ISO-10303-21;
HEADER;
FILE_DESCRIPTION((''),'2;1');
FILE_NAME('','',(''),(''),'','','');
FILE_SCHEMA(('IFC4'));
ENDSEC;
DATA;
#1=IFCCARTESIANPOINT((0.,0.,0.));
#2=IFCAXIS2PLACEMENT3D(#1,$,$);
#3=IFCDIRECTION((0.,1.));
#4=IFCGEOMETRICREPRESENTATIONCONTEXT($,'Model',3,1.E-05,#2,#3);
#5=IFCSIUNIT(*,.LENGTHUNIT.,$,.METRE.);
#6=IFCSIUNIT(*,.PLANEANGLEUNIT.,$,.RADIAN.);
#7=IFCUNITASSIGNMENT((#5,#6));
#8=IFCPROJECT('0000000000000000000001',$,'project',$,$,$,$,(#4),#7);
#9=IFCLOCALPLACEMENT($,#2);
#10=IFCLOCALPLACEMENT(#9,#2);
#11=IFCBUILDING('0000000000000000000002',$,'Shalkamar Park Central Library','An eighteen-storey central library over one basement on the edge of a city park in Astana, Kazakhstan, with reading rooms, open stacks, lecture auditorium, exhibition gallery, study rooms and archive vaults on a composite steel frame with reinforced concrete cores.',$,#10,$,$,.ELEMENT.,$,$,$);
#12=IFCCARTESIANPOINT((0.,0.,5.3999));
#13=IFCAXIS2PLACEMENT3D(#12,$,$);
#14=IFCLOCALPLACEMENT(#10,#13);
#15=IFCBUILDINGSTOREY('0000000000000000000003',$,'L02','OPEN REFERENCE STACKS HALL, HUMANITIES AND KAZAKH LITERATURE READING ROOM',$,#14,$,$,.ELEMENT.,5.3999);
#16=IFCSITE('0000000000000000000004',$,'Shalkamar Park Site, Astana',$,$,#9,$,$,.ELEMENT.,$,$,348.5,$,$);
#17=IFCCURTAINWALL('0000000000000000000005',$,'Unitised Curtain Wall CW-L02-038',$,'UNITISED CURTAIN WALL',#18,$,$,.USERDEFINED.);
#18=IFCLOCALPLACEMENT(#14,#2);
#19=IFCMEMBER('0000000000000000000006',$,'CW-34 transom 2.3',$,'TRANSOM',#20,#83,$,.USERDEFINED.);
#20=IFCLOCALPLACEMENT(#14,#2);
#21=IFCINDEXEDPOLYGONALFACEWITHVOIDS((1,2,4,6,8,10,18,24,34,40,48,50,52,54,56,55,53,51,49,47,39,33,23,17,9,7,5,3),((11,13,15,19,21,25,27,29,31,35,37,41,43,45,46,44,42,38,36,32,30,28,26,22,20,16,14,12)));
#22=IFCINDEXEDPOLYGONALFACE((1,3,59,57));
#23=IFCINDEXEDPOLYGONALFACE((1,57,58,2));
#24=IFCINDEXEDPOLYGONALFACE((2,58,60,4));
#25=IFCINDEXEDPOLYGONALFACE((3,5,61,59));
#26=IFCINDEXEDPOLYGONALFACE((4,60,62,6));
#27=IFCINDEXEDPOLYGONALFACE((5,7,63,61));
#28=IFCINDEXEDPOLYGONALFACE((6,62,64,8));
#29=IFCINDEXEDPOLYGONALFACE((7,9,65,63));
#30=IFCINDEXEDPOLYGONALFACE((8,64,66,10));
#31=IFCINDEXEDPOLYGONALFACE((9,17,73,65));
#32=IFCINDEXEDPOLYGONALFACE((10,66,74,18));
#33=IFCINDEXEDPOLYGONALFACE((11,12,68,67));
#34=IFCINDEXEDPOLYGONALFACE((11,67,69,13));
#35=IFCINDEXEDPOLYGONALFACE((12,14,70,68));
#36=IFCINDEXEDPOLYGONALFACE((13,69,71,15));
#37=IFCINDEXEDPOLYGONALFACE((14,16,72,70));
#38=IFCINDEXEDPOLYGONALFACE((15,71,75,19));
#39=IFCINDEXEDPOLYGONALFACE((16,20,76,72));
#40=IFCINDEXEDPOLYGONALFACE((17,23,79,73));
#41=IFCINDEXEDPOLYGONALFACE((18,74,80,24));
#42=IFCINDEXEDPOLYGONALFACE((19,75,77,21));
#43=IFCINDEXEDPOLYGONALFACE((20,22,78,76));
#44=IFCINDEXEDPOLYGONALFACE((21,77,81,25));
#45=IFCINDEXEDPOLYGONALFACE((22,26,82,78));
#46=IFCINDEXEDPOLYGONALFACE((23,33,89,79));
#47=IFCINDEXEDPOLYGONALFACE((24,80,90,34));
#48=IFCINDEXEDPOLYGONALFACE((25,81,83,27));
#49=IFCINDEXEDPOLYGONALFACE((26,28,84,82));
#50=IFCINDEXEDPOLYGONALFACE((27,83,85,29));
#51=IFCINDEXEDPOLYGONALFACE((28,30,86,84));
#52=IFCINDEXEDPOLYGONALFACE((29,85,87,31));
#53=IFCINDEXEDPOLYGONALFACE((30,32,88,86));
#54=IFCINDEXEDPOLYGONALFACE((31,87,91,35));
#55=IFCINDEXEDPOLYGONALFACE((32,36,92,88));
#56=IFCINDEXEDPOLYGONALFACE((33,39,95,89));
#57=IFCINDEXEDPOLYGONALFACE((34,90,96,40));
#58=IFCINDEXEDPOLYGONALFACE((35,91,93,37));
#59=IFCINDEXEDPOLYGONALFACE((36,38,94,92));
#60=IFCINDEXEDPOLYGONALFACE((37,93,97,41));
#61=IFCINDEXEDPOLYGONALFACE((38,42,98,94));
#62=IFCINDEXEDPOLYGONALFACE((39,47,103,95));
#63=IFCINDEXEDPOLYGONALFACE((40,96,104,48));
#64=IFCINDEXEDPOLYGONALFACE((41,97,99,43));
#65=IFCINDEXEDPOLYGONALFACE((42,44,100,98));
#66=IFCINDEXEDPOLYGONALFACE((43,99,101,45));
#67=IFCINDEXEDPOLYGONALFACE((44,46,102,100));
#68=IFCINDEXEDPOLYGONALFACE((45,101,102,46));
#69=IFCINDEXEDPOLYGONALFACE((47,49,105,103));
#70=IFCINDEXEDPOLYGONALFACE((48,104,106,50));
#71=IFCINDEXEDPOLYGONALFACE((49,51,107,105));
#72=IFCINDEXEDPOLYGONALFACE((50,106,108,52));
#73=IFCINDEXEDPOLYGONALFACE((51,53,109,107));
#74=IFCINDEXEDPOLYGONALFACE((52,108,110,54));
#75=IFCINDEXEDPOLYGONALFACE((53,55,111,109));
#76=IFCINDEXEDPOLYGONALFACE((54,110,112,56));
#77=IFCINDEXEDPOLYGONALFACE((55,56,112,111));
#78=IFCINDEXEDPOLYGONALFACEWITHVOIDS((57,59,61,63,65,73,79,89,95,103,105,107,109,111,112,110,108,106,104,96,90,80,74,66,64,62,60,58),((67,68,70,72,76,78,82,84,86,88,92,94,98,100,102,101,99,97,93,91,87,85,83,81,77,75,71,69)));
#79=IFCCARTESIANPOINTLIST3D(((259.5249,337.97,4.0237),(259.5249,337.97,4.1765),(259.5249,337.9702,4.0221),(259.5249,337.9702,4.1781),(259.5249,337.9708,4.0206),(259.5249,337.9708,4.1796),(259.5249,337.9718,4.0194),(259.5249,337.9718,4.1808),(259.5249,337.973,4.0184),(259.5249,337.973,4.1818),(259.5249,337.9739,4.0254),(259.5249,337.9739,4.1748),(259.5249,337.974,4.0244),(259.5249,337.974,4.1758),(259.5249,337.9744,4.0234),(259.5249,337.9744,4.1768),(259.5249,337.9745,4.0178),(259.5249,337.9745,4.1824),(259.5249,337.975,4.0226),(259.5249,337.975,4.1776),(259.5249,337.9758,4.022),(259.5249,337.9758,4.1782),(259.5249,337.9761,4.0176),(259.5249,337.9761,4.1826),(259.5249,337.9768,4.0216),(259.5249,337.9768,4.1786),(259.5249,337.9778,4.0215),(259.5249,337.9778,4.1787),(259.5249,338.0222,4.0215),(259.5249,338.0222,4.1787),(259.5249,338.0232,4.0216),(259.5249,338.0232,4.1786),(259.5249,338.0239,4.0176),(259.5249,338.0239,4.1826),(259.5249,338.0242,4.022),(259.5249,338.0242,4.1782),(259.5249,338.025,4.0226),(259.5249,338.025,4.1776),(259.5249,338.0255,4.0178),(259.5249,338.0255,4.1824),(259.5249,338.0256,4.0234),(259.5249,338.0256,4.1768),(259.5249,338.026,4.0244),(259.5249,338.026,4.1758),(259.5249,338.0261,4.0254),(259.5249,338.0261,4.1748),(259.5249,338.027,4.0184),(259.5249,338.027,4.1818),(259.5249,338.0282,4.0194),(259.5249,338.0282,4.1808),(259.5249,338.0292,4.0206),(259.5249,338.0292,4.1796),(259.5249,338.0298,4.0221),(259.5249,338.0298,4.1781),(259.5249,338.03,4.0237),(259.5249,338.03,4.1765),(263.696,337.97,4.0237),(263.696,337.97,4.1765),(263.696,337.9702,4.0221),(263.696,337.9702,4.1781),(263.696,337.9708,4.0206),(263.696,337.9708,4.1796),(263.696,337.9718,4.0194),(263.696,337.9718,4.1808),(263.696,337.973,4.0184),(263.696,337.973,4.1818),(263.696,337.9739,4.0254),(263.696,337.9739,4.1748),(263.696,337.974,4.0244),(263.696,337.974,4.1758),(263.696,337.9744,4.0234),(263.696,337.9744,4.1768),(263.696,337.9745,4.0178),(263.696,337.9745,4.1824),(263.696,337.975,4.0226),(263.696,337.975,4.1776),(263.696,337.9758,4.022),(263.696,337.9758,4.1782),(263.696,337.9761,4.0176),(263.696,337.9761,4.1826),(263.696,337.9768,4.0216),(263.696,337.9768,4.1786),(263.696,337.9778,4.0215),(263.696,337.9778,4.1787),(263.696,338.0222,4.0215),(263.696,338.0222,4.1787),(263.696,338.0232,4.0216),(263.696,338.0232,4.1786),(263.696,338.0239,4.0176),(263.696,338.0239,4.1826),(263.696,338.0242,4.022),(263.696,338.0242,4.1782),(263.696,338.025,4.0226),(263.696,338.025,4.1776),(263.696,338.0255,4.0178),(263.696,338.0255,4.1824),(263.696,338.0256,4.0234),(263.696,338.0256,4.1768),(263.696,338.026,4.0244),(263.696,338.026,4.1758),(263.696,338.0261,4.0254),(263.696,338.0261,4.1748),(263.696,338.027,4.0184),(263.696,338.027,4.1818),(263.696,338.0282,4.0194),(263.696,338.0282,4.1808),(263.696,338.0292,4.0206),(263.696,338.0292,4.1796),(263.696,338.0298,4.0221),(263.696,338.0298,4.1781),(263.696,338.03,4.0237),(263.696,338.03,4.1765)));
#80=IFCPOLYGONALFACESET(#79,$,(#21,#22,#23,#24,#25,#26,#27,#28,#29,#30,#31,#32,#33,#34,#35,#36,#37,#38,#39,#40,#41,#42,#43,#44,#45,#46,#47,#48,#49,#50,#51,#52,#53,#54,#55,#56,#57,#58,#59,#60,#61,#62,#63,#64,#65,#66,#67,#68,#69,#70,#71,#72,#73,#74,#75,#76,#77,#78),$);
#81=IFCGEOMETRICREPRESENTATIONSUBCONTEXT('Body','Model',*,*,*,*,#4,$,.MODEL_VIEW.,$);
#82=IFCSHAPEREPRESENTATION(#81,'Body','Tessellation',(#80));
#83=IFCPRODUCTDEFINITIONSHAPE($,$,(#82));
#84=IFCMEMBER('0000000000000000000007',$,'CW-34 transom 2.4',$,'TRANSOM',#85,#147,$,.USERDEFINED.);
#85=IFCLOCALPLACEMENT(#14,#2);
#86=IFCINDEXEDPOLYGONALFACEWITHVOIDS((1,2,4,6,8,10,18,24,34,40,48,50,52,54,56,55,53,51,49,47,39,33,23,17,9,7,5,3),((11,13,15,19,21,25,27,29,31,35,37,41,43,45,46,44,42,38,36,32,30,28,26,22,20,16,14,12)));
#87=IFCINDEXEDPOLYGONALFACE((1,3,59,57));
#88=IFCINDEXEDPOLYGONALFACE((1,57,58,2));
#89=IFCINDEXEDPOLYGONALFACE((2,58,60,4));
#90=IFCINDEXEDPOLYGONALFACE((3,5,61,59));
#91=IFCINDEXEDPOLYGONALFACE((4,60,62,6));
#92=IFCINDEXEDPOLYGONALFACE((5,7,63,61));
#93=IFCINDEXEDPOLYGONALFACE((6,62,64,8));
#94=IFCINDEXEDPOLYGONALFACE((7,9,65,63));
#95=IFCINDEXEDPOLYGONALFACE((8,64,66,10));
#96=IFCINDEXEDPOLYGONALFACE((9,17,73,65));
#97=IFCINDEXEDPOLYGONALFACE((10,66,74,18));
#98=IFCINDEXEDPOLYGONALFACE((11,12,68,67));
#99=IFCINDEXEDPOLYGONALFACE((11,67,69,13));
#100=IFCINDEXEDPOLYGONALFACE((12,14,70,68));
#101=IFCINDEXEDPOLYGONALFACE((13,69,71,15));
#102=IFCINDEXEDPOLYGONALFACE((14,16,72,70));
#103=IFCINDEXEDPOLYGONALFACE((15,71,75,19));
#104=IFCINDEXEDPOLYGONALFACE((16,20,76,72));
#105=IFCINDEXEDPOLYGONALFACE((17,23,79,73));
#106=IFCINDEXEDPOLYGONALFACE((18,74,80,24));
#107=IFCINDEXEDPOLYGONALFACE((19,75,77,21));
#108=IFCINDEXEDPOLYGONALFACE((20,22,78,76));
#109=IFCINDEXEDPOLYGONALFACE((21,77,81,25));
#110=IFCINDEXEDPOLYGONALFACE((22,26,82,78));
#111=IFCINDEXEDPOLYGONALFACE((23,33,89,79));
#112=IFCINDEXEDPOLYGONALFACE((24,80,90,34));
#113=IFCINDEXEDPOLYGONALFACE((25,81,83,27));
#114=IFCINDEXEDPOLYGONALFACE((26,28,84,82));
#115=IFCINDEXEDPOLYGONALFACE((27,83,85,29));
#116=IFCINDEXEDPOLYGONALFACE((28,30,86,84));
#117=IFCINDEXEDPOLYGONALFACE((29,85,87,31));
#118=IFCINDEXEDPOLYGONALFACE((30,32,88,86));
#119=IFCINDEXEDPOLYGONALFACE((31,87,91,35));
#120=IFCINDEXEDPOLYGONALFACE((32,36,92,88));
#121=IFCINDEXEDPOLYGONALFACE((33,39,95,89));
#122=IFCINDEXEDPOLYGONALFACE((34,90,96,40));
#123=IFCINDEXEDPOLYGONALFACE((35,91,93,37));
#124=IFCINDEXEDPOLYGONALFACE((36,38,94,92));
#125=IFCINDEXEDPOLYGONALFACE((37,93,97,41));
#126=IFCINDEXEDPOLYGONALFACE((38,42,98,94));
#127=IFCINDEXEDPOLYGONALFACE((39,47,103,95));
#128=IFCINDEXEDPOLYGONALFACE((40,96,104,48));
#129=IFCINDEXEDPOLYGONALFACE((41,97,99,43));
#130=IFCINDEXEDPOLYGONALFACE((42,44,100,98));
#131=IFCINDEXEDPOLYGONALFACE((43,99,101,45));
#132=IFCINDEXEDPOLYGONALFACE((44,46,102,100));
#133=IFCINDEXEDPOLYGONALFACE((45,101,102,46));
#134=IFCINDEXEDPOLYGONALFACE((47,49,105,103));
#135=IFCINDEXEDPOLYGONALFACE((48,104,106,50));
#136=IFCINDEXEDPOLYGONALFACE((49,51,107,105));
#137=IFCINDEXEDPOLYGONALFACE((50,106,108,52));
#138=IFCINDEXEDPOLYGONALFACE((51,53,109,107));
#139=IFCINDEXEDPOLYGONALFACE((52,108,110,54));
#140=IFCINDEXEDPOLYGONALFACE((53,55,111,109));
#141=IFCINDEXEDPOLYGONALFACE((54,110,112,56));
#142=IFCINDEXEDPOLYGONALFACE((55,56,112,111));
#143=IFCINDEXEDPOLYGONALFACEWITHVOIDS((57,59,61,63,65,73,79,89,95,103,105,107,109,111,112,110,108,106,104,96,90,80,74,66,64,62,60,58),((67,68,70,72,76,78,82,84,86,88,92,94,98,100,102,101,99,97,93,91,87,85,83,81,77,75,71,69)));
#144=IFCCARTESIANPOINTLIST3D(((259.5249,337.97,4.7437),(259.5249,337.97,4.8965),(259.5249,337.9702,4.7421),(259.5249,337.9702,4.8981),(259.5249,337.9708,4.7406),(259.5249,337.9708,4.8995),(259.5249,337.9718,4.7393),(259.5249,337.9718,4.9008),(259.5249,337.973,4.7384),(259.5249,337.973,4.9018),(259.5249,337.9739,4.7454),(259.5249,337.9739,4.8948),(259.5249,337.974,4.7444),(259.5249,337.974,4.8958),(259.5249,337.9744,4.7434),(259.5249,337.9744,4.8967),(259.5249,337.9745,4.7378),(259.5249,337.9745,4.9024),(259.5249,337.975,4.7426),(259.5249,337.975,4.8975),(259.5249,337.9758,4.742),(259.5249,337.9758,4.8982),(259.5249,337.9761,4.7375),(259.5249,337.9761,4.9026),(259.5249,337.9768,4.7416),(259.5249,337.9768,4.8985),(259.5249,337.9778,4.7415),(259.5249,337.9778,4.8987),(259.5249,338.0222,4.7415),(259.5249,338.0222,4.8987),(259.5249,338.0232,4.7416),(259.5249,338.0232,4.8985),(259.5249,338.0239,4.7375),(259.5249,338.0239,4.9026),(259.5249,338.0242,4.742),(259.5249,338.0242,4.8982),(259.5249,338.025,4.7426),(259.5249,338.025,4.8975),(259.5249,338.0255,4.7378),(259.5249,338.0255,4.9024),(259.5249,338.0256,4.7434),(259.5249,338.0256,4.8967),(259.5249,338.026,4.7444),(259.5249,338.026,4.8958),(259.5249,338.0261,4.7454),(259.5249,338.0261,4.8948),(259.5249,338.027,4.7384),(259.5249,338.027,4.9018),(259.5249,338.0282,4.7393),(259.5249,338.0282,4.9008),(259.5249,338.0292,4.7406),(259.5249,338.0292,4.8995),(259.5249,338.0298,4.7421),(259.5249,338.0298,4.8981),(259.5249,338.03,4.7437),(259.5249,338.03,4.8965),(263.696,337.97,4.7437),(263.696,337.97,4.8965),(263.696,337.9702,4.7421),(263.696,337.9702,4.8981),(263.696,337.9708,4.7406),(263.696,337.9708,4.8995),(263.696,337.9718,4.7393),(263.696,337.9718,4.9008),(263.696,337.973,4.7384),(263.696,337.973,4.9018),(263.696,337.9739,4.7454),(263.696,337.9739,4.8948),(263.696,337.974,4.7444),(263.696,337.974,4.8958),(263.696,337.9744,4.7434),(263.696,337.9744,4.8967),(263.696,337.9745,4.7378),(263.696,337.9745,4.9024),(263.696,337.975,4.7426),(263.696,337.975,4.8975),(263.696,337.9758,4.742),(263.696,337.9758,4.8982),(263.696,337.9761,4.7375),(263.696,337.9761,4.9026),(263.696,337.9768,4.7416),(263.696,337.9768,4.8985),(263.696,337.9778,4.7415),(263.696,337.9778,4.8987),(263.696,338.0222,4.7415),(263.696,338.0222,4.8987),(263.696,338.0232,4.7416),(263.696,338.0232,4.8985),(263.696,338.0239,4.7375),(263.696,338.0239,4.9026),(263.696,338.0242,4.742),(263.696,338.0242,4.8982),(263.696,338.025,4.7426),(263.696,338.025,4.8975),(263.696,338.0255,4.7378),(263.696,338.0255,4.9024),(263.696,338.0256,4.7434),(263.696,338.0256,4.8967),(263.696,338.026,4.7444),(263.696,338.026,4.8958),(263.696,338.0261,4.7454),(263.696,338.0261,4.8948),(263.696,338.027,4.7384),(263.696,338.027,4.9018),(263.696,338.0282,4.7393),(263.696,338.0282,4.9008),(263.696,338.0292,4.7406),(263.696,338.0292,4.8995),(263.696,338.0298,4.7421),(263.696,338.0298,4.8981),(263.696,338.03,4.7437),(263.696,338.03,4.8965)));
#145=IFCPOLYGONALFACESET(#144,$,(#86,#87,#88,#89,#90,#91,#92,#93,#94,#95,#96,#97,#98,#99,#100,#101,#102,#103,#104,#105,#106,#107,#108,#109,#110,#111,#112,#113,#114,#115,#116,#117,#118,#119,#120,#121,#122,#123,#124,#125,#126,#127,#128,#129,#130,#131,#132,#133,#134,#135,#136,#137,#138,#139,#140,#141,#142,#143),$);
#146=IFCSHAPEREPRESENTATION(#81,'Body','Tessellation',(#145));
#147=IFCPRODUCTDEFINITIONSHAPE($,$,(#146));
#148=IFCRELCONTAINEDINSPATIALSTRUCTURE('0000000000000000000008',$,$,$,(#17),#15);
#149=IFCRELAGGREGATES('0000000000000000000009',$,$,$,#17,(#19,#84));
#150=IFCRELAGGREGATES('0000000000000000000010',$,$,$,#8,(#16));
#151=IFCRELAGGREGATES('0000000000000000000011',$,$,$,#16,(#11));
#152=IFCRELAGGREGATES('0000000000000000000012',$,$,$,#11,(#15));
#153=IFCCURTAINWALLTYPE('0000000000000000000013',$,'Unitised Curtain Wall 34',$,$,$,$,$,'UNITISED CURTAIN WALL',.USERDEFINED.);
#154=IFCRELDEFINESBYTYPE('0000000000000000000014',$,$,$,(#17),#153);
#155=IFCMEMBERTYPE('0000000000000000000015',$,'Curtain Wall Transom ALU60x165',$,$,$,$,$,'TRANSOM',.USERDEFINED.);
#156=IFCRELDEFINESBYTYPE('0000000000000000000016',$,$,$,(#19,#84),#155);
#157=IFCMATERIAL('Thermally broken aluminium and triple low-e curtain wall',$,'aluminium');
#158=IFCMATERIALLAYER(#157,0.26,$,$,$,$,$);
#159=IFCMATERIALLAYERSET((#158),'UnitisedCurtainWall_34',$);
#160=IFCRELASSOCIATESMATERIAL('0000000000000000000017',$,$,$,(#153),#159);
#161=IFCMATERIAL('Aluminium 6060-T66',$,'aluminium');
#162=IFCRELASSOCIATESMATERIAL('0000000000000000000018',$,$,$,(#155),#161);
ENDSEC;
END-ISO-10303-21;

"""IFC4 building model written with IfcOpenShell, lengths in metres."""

from ifc_helpers import new_model, si_unit, direction, frame, origin, origin_2d, place, context, subcontext, project, spatial, hollow_rectangle, extrude, material, layer, layer_set, material_profile, profile_set, type_object, element, aggregate, save


model = new_model("IFC4")

# Units and contexts
model_context = context("Model", 3, precision=1e-05, world=origin(), true_north=direction((0.0, 1.0)))
body_context = subcontext(model_context, "Body", "Model", "MODEL_VIEW")
ifc_project = project(units=[si_unit("LENGTHUNIT", "METRE"), si_unit("PLANEANGLEUNIT", "RADIAN")], contexts=[model_context])

# Site, building, storey
site_placement = place(None, origin())
site = spatial("IfcSite", under=ifc_project, at=site_placement, Name="Shalkamar Park Site, Astana", CompositionType="ELEMENT", RefElevation=348.5)
building_placement = place(site_placement, origin())
building = spatial("IfcBuilding", under=site, at=building_placement, Name="Shalkamar Park Central Library", Description="An eighteen-storey central library over one basement on the edge of a city park in Astana, Kazakhstan, with reading rooms, open stacks, lecture auditorium, exhibition gallery, study rooms and archive vaults on a composite steel frame with reinforced concrete cores.", CompositionType="ELEMENT")
storey_placement = place(building_placement, frame((0.0, 0.0, 5.3999)))
storey = spatial("IfcBuildingStorey", under=building, at=storey_placement, Name="L02", Description="OPEN REFERENCE STACKS HALL, HUMANITIES AND KAZAKH LITERATURE READING ROOM", CompositionType="ELEMENT", Elevation=5.3999)

# Curtain wall
ifc_material_1 = material(Name="Thermally broken aluminium and triple low-e curtain wall", Category="aluminium")
ifc_layer_1 = layer(ifc_material_1, 0.26)
ifc_layer_set_1 = layer_set([ifc_layer_1], Name="UnitisedCurtainWall_34")
curtain_wall_type_1 = type_object("IfcCurtainWallType", Name="Unitised Curtain Wall 34", ElementType="UNITISED CURTAIN WALL", PredefinedType="USERDEFINED", material=ifc_layer_set_1)
curtain_wall_1_placement = place(storey_placement, origin())
curtain_wall_1 = element("IfcCurtainWall", 1, at=curtain_wall_1_placement, inside=storey, type_object=curtain_wall_type_1, Name="Unitised Curtain Wall CW-L02-038", ObjectType="UNITISED CURTAIN WALL", PredefinedType="USERDEFINED")
ifc_material_2 = material(Name="Aluminium 6060-T66", Category="aluminium")

# Members
ifc_material_profile_1 = material_profile(ifc_material_2, hollow_rectangle(XDim=0.0601, YDim=0.165, WallThickness=0.0039, InnerFilletRadius=0.0039, OuterFilletRadius=0.0061, at=origin_2d()), Name="ALU 60x165x4")
ifc_profile_set_1 = profile_set([ifc_material_profile_1], Name="Aluminium 6060-T66")
member_type_1 = type_object("IfcMemberType", Name="Curtain Wall Transom ALU60x165", ElementType="TRANSOM", PredefinedType="USERDEFINED", material=ifc_profile_set_1)
member_1_placement = place(storey_placement, frame((259.5249, 338.0, 4.1001), z_axis=(1.0, 0.0, 0.0), x_axis=(0.0, 1.0, 0.0)))
member_1 = element("IfcMember", 2, at=member_1_placement, type_object=member_type_1, Name="CW-34 transom 2.3", ObjectType="TRANSOM", PredefinedType="USERDEFINED", context=body_context, shape_type="SweptSolid", body=[
    extrude(hollow_rectangle(XDim=0.0601, YDim=0.165, WallThickness=0.0039, InnerFilletRadius=0.0039, OuterFilletRadius=0.0061, at=origin_2d()), origin(), (0.0, 0.0, 1.0), 4.1711),
])
member_2_placement = place(storey_placement, frame((259.5249, 338.0, 4.8201), z_axis=(1.0, 0.0, 0.0), x_axis=(0.0, 1.0, 0.0)))
member_2 = element("IfcMember", 3, at=member_2_placement, type_object=member_type_1, Name="CW-34 transom 2.4", ObjectType="TRANSOM", PredefinedType="USERDEFINED", context=body_context, shape_type="SweptSolid", body=[
    extrude(hollow_rectangle(XDim=0.0601, YDim=0.165, WallThickness=0.0039, InnerFilletRadius=0.0039, OuterFilletRadius=0.0061, at=origin_2d()), origin(), (0.0, 0.0, 1.0), 4.1711),
])

aggregate(curtain_wall_1, [member_1, member_2])

save(model, "model.ifc")
